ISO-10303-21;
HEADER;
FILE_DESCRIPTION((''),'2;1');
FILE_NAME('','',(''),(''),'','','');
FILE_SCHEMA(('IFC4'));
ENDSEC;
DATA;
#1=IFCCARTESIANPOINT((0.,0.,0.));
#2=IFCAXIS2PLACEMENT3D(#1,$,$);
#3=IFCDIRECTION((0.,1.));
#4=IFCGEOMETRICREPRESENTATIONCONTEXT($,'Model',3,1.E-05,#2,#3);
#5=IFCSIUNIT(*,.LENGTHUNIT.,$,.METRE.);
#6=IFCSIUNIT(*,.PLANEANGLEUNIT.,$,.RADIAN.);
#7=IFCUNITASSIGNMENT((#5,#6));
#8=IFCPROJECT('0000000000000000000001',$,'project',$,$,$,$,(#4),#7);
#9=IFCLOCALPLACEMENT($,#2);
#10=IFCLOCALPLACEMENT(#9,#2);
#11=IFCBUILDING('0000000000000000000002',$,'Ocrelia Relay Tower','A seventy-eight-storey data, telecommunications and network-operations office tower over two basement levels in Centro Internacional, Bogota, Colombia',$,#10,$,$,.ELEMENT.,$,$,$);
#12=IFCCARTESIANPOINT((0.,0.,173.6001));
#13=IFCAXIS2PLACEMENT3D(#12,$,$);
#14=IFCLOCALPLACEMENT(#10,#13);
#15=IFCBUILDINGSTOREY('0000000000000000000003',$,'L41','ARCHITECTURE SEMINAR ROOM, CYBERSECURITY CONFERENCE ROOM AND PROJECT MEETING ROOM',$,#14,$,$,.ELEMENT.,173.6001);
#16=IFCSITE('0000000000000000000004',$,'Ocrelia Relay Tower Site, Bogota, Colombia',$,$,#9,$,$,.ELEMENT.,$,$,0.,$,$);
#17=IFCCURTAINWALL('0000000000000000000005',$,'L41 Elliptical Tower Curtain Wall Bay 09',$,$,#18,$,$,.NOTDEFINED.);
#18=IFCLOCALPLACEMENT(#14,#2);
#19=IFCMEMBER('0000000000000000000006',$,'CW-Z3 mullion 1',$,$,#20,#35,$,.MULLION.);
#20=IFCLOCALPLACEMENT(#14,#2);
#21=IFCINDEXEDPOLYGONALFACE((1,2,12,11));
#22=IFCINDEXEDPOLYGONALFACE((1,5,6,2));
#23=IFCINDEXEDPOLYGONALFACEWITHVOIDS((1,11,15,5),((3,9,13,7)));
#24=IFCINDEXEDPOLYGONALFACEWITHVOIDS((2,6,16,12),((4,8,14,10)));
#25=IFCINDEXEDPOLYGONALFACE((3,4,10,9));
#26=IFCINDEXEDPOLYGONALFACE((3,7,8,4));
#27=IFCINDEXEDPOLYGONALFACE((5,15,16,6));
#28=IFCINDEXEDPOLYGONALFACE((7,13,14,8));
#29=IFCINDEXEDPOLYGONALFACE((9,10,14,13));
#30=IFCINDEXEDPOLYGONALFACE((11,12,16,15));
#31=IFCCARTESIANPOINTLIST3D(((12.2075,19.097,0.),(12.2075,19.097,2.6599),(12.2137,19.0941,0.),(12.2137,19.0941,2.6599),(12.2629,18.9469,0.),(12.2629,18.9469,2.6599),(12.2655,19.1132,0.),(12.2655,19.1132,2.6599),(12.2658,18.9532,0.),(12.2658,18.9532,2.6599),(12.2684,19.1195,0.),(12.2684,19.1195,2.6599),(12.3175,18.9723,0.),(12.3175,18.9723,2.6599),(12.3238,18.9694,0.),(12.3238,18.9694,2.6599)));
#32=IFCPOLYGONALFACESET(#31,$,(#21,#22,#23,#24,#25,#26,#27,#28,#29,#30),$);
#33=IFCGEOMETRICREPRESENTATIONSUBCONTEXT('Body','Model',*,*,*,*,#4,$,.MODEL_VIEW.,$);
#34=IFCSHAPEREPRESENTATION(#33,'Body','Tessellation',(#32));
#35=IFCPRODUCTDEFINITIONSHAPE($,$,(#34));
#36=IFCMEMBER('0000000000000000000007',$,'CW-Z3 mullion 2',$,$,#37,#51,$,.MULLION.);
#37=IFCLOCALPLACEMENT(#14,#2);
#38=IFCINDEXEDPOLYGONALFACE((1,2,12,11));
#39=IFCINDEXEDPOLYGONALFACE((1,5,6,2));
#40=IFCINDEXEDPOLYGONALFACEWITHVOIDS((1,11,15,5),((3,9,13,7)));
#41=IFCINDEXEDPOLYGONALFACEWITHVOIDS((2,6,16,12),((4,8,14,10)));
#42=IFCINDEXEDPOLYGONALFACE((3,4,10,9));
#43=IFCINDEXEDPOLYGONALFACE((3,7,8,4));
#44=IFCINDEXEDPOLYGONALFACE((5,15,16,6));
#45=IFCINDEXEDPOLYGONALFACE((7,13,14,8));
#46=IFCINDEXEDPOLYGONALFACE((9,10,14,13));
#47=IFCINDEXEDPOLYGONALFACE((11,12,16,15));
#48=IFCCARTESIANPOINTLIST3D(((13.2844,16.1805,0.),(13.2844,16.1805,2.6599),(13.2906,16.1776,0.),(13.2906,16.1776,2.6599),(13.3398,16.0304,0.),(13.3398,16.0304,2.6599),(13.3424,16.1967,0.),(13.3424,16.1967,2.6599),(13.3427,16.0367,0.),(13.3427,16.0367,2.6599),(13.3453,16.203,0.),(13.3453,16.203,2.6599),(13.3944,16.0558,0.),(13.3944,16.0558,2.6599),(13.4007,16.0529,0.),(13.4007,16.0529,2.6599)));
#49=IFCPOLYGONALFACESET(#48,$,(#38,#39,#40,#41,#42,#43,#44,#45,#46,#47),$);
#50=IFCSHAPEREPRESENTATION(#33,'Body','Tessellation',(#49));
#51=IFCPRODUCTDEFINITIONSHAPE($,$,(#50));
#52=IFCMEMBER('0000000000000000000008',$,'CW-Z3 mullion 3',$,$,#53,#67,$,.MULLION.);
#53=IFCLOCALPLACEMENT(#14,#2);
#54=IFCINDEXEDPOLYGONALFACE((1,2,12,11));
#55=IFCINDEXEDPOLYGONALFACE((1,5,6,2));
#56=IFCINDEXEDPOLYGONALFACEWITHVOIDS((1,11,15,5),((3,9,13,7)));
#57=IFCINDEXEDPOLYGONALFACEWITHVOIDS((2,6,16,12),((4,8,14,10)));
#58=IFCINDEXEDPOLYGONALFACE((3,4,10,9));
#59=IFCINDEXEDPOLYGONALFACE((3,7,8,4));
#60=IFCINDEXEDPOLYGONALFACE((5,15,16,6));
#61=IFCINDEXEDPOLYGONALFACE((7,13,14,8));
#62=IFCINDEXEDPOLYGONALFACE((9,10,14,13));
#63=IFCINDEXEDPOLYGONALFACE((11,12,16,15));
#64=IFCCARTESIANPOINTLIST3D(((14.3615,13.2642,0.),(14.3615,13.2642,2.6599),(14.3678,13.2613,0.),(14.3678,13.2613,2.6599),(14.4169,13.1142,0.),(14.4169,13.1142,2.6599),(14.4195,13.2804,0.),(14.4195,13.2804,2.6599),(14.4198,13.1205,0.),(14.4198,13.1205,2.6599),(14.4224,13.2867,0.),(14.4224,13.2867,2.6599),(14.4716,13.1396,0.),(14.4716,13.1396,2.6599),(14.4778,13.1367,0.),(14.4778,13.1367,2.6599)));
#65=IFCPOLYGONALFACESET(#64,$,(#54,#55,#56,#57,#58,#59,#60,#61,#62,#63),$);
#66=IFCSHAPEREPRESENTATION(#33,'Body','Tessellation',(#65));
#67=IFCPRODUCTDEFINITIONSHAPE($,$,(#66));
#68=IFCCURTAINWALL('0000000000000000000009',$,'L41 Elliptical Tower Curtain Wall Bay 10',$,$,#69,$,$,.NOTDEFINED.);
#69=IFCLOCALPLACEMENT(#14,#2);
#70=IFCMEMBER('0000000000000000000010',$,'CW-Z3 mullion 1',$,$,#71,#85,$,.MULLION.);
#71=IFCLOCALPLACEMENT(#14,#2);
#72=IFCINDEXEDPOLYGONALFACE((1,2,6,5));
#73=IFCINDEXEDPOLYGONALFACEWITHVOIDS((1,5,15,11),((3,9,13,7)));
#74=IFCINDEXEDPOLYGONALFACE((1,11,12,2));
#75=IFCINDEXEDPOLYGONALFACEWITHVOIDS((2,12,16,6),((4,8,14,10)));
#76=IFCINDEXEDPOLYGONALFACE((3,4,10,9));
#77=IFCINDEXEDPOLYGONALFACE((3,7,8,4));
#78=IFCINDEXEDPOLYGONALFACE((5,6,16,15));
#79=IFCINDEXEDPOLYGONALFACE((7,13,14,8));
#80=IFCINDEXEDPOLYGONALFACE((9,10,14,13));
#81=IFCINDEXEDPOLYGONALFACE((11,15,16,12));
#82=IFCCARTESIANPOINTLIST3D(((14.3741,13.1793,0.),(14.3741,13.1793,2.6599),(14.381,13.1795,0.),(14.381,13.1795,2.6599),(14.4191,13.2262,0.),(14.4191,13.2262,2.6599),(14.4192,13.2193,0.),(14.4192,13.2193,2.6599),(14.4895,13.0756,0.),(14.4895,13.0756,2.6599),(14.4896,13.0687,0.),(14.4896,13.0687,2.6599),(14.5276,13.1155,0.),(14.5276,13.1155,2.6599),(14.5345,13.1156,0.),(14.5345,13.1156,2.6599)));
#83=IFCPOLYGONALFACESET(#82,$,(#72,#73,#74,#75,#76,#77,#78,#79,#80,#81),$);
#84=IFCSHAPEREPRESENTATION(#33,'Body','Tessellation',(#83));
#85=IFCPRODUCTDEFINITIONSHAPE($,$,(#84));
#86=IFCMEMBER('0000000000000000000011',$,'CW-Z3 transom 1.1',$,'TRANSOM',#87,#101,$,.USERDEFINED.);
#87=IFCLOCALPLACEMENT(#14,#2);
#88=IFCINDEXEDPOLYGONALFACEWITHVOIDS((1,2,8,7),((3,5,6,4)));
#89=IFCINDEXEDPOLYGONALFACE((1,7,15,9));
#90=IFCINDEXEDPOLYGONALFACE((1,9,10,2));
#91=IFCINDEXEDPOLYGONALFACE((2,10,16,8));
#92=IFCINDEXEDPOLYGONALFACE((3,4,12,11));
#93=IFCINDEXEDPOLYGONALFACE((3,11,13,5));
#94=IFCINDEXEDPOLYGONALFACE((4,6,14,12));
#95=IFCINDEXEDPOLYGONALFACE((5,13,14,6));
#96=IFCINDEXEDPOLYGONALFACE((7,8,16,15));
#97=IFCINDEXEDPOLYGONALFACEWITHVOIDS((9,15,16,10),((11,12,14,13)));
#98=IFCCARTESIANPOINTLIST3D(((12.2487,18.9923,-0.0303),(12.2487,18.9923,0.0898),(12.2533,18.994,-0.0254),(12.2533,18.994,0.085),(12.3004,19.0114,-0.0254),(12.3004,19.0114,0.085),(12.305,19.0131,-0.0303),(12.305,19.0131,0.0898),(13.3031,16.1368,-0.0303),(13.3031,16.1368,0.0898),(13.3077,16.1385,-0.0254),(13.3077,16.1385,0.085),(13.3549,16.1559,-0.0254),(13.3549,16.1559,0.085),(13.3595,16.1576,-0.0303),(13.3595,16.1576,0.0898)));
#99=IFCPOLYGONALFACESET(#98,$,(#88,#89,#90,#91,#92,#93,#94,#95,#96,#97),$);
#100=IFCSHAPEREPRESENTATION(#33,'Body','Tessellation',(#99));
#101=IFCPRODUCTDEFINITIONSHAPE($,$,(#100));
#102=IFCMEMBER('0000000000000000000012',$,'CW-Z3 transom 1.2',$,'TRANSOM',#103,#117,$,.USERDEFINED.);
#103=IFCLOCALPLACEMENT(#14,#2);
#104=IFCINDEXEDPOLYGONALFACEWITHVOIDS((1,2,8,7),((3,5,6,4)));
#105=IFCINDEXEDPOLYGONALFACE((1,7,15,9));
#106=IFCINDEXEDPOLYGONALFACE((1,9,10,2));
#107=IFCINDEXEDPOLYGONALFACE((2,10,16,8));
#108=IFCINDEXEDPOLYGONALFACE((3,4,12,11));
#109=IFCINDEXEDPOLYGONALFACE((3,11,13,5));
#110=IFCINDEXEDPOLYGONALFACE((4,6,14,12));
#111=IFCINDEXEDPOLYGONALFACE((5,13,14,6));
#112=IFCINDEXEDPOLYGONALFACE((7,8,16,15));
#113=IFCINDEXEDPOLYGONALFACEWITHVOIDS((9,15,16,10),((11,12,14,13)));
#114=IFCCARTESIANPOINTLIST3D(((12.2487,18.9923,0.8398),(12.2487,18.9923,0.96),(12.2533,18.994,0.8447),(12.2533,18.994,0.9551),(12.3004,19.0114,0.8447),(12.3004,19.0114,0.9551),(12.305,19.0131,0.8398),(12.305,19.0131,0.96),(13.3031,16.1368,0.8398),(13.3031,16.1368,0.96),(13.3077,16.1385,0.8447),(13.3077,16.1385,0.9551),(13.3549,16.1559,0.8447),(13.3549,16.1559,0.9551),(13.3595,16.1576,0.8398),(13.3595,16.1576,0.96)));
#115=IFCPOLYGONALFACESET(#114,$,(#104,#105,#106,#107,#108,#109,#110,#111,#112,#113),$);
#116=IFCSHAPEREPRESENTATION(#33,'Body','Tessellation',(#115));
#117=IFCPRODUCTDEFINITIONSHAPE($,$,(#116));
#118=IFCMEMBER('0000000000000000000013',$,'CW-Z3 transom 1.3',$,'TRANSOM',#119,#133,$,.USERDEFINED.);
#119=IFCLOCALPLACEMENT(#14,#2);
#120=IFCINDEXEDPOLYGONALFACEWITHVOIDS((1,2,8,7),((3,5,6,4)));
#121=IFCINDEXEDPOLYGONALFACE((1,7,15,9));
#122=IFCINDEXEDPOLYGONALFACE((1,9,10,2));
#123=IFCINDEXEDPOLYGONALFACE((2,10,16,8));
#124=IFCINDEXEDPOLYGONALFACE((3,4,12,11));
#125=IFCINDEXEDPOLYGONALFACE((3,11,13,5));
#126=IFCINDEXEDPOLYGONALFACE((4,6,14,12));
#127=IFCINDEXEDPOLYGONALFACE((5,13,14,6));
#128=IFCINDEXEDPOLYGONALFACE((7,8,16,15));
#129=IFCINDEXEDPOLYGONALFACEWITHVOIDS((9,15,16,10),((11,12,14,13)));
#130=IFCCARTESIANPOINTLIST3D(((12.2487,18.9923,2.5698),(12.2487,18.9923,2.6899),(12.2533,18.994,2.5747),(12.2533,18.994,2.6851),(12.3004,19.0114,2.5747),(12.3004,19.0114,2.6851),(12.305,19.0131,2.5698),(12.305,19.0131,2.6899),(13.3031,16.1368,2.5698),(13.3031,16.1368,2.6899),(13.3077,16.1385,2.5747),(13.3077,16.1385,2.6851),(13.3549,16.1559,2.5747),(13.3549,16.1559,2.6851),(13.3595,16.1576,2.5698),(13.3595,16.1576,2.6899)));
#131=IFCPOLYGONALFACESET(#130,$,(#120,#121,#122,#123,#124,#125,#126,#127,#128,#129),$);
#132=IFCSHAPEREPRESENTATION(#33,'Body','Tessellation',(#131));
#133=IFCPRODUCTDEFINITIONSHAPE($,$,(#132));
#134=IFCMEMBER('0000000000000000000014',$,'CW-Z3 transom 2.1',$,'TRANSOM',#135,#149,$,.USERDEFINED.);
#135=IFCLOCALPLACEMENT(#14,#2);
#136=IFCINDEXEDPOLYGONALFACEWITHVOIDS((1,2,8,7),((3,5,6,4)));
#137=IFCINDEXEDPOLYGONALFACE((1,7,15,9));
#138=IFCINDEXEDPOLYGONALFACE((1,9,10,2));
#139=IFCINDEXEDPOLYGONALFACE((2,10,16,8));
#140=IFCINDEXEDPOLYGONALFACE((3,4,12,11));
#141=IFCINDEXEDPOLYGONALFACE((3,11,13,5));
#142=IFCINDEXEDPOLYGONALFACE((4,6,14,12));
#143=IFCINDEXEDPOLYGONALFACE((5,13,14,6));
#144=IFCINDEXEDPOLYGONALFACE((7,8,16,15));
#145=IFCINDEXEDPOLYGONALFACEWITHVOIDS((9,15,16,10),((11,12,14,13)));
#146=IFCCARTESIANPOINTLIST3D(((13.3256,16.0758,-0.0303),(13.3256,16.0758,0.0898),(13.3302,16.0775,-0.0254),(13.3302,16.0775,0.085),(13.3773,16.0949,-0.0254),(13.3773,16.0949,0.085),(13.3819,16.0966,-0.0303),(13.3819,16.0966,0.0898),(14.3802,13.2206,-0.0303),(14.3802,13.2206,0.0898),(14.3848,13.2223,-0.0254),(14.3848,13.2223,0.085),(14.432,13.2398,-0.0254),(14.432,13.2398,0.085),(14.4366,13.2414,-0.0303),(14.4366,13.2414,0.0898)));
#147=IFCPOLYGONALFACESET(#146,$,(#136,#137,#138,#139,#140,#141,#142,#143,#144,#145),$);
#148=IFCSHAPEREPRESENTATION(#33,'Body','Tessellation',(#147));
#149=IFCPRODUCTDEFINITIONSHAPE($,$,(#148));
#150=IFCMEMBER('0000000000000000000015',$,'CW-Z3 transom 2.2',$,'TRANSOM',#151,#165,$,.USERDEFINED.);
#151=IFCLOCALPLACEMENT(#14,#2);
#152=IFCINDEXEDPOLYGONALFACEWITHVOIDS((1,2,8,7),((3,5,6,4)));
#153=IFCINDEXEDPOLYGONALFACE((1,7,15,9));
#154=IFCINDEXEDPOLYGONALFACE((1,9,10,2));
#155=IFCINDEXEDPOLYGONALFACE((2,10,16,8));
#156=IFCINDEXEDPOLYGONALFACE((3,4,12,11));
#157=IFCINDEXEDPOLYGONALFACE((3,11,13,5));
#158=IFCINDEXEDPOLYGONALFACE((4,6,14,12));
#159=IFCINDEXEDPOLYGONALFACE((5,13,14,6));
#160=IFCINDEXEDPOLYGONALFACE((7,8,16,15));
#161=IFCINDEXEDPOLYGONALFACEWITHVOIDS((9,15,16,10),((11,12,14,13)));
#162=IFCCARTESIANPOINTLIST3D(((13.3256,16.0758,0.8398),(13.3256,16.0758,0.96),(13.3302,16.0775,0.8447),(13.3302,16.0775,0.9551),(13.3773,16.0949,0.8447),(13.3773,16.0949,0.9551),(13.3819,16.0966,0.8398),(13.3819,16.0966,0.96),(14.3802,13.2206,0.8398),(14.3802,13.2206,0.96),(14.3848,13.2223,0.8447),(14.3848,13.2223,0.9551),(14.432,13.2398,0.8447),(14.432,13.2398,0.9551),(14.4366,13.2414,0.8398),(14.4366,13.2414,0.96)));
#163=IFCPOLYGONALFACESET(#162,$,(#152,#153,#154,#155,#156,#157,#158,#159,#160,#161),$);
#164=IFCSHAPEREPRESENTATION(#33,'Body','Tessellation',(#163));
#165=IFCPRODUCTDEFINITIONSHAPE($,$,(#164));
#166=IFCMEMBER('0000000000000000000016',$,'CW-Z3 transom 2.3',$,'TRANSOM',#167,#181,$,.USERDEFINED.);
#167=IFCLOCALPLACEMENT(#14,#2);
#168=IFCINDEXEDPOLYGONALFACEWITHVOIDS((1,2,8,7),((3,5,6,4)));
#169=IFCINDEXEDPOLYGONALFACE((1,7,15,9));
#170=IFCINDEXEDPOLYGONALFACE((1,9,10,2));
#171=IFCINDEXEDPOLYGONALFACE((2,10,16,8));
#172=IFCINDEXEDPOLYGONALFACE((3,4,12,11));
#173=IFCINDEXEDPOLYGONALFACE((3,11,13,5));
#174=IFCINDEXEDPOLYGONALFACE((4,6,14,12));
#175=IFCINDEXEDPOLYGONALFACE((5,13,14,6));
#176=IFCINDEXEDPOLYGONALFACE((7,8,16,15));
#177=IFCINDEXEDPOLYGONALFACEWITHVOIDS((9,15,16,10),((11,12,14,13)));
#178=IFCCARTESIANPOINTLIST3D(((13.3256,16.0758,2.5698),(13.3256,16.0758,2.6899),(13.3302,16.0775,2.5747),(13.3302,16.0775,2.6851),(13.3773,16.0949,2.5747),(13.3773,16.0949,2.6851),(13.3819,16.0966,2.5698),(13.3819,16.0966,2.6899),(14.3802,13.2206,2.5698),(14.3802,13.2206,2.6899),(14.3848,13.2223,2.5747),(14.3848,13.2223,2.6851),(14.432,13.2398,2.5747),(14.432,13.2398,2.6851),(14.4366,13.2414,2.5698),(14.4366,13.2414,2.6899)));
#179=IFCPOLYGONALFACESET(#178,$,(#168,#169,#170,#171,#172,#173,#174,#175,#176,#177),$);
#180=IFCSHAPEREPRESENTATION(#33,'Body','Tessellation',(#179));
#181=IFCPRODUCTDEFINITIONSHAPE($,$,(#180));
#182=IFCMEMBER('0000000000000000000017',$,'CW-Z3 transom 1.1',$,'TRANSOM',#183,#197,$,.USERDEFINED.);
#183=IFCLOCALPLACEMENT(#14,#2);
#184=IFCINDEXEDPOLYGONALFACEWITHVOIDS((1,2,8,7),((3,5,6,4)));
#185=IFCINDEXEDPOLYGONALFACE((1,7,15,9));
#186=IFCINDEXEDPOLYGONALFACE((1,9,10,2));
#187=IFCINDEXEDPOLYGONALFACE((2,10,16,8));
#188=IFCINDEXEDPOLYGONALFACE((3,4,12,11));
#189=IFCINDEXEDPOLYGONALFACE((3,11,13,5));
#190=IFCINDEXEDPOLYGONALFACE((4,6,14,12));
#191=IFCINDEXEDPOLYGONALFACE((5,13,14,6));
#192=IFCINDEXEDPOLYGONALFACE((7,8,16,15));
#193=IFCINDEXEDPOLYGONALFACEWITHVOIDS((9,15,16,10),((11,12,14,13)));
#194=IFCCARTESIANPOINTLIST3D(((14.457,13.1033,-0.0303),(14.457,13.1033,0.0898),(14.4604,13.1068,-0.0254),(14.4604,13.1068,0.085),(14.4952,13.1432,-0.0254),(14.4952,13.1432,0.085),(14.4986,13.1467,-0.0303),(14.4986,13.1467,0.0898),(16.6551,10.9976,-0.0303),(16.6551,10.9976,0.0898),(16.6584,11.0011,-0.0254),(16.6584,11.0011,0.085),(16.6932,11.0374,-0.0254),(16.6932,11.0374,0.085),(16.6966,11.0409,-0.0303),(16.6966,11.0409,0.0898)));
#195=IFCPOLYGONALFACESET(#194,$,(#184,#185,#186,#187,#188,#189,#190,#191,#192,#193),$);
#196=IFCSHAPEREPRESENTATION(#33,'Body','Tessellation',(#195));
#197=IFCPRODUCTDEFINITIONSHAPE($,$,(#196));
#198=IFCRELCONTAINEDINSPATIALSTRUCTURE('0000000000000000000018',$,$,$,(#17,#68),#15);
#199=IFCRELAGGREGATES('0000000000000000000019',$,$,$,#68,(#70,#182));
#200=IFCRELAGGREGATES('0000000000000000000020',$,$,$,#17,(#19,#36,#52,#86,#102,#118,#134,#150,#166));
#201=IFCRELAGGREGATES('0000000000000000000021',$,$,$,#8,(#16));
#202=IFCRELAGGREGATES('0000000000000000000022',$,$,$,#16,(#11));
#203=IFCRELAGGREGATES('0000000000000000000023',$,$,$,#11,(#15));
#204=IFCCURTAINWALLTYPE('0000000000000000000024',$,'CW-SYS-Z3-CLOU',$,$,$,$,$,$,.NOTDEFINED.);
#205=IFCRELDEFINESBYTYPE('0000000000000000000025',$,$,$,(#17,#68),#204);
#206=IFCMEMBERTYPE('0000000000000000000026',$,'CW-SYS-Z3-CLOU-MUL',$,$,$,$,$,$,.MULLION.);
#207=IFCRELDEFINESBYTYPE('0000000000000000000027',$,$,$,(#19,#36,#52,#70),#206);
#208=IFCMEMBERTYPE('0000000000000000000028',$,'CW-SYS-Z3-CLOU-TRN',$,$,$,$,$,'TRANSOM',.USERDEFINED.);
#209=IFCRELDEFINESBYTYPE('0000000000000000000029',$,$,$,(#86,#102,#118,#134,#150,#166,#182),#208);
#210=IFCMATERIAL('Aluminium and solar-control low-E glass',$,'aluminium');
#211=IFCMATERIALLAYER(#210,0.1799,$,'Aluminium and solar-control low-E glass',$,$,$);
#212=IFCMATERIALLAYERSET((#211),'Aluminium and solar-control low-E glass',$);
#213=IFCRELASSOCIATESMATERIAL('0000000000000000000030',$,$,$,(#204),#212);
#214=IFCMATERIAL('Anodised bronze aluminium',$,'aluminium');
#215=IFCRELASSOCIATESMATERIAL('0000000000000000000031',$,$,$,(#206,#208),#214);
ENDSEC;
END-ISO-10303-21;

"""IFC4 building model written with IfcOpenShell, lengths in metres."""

from ifc_helpers import new_model, si_unit, direction, frame, origin, origin_2d, place, context, subcontext, project, spatial, hollow_rectangle, extrude, material, layer, layer_set, material_profile, profile_set, type_object, element, aggregate, save


model = new_model("IFC4")

# Units and contexts
model_context = context("Model", 3, precision=1e-05, world=origin(), true_north=direction((0.0, 1.0)))
body_context = subcontext(model_context, "Body", "Model", "MODEL_VIEW")
ifc_project = project(units=[si_unit("LENGTHUNIT", "METRE"), si_unit("PLANEANGLEUNIT", "RADIAN")], contexts=[model_context])

# Site, building, storey
site_placement = place(None, origin())
site = spatial("IfcSite", under=ifc_project, at=site_placement, Name="Ocrelia Relay Tower Site, Bogota, Colombia", CompositionType="ELEMENT", RefElevation=0.0)
building_placement = place(site_placement, origin())
building = spatial("IfcBuilding", under=site, at=building_placement, Name="Ocrelia Relay Tower", Description="A seventy-eight-storey data, telecommunications and network-operations office tower over two basement levels in Centro Internacional, Bogota, Colombia", CompositionType="ELEMENT")
storey_placement = place(building_placement, frame((0.0, 0.0, 173.6001)))
storey = spatial("IfcBuildingStorey", under=building, at=storey_placement, Name="L41", Description="ARCHITECTURE SEMINAR ROOM, CYBERSECURITY CONFERENCE ROOM AND PROJECT MEETING ROOM", CompositionType="ELEMENT", Elevation=173.6001)

# Curtain wall, members
ifc_material_1 = material(Name="Aluminium and solar-control low-E glass", Category="aluminium")
ifc_layer_1 = layer(ifc_material_1, 0.1799, Name="Aluminium and solar-control low-E glass")
ifc_layer_set_1 = layer_set([ifc_layer_1], Name="Aluminium and solar-control low-E glass")
curtain_wall_type = type_object("IfcCurtainWallType", Name="CW-SYS-Z3-CLOU", PredefinedType="NOTDEFINED", material=ifc_layer_set_1)
curtain_wall_1_placement = place(storey_placement, origin())
curtain_wall_1 = element("IfcCurtainWall", 1, at=curtain_wall_1_placement, inside=storey, type_object=curtain_wall_type, Name="L41 Elliptical Tower Curtain Wall Bay 09", PredefinedType="NOTDEFINED")
ifc_material_2 = material(Name="Anodised bronze aluminium", Category="aluminium")
ifc_material_profile_1 = material_profile(ifc_material_2, hollow_rectangle(XDim=0.0649, YDim=0.1599, WallThickness=0.0049, at=origin_2d()), Name="CW-MUL-160x65")
ifc_profile_set_1 = profile_set([ifc_material_profile_1], Name="Anodised bronze aluminium")
member_type_1 = type_object("IfcMemberType", Name="CW-SYS-Z3-CLOU-MUL", PredefinedType="MULLION", material=ifc_profile_set_1)
member_1_placement = place(storey_placement, frame((12.2656, 19.0332, 0.0), z_axis=(0.0, 0.0, 1.0), x_axis=(0.938072, 0.346439, 0.0)))
member_1 = element("IfcMember", 2, at=member_1_placement, type_object=member_type_1, Name="CW-Z3 mullion 1", PredefinedType="MULLION", context=body_context, shape_type="SweptSolid", body=[
    extrude(hollow_rectangle(XDim=0.0649, YDim=0.1599, WallThickness=0.0049, at=origin_2d()), origin(), (0.0, 0.0, 1.0), 2.6599),
])
member_2_placement = place(storey_placement, frame((13.3425, 16.1167, 0.0), z_axis=(0.0, 0.0, 1.0), x_axis=(0.938072, 0.346439, 0.0)))
member_2 = element("IfcMember", 3, at=member_2_placement, type_object=member_type_1, Name="CW-Z3 mullion 2", PredefinedType="MULLION", context=body_context, shape_type="SweptSolid", body=[
    extrude(hollow_rectangle(XDim=0.0649, YDim=0.1599, WallThickness=0.0049, at=origin_2d()), origin(), (0.0, 0.0, 1.0), 2.6599),
])
member_3_placement = place(storey_placement, frame((14.4197, 13.2004, 0.0), z_axis=(0.0, 0.0, 1.0), x_axis=(0.938072, 0.346439, 0.0)))
member_3 = element("IfcMember", 4, at=member_3_placement, type_object=member_type_1, Name="CW-Z3 mullion 3", PredefinedType="MULLION", context=body_context, shape_type="SweptSolid", body=[
    extrude(hollow_rectangle(XDim=0.0649, YDim=0.1599, WallThickness=0.0049, at=origin_2d()), origin(), (0.0, 0.0, 1.0), 2.6599),
])

# Curtain wall, member
curtain_wall_2_placement = place(storey_placement, origin())
curtain_wall_2 = element("IfcCurtainWall", 5, at=curtain_wall_2_placement, inside=storey, type_object=curtain_wall_type, Name="L41 Elliptical Tower Curtain Wall Bay 10", PredefinedType="NOTDEFINED")
member_4_placement = place(storey_placement, frame((14.4543, 13.1475, 0.0), z_axis=(0.0, 0.0, 1.0), x_axis=(0.691759, 0.722128, 0.0)))
member_4 = element("IfcMember", 6, at=member_4_placement, type_object=member_type_1, Name="CW-Z3 mullion 1", PredefinedType="MULLION", context=body_context, shape_type="SweptSolid", body=[
    extrude(hollow_rectangle(XDim=0.0649, YDim=0.1599, WallThickness=0.0049, at=origin_2d()), origin(), (0.0, 0.0, 1.0), 2.6599),
])

# Members
ifc_material_profile_2 = material_profile(ifc_material_2, hollow_rectangle(XDim=0.0601, YDim=0.1201, WallThickness=0.0049, at=origin_2d()), Name="CW-TRN-120x60")
ifc_profile_set_2 = profile_set([ifc_material_profile_2], Name="Anodised bronze aluminium")
member_type_2 = type_object("IfcMemberType", Name="CW-SYS-Z3-CLOU-TRN", ElementType="TRANSOM", PredefinedType="USERDEFINED", material=ifc_profile_set_2)
member_5_placement = place(storey_placement, frame((12.2769, 19.0027, 0.0298), z_axis=(0.346408, -0.938084, 0.0), x_axis=(0.938084, 0.346408, 0.0)))
member_5 = element("IfcMember", 7, at=member_5_placement, type_object=member_type_2, Name="CW-Z3 transom 1.1", ObjectType="TRANSOM", PredefinedType="USERDEFINED", context=body_context, shape_type="SweptSolid", body=[
    extrude(hollow_rectangle(XDim=0.0601, YDim=0.1201, WallThickness=0.0049, at=origin_2d()), origin(), (0.0, 0.0, 1.0), 3.0439),
])
member_6_placement = place(storey_placement, frame((12.2769, 19.0027, 0.8999), z_axis=(0.346408, -0.938084, 0.0), x_axis=(0.938084, 0.346408, 0.0)))
member_6 = element("IfcMember", 8, at=member_6_placement, type_object=member_type_2, Name="CW-Z3 transom 1.2", ObjectType="TRANSOM", PredefinedType="USERDEFINED", context=body_context, shape_type="SweptSolid", body=[
    extrude(hollow_rectangle(XDim=0.0601, YDim=0.1201, WallThickness=0.0049, at=origin_2d()), origin(), (0.0, 0.0, 1.0), 3.0439),
])
member_7_placement = place(storey_placement, frame((12.2769, 19.0027, 2.6299), z_axis=(0.346408, -0.938084, 0.0), x_axis=(0.938084, 0.346408, 0.0)))
member_7 = element("IfcMember", 9, at=member_7_placement, type_object=member_type_2, Name="CW-Z3 transom 1.3", ObjectType="TRANSOM", PredefinedType="USERDEFINED", context=body_context, shape_type="SweptSolid", body=[
    extrude(hollow_rectangle(XDim=0.0601, YDim=0.1201, WallThickness=0.0049, at=origin_2d()), origin(), (0.0, 0.0, 1.0), 3.0439),
])
member_8_placement = place(storey_placement, frame((13.3538, 16.0862, 0.0298), z_axis=(0.346504, -0.938048, 0.0), x_axis=(0.938048, 0.346504, 0.0)))
member_8 = element("IfcMember", 10, at=member_8_placement, type_object=member_type_2, Name="CW-Z3 transom 2.1", ObjectType="TRANSOM", PredefinedType="USERDEFINED", context=body_context, shape_type="SweptSolid", body=[
    extrude(hollow_rectangle(XDim=0.0601, YDim=0.1201, WallThickness=0.0049, at=origin_2d()), origin(), (0.0, 0.0, 1.0), 3.0437),
])
member_9_placement = place(storey_placement, frame((13.3538, 16.0862, 0.8999), z_axis=(0.346504, -0.938048, 0.0), x_axis=(0.938048, 0.346504, 0.0)))
member_9 = element("IfcMember", 11, at=member_9_placement, type_object=member_type_2, Name="CW-Z3 transom 2.2", ObjectType="TRANSOM", PredefinedType="USERDEFINED", context=body_context, shape_type="SweptSolid", body=[
    extrude(hollow_rectangle(XDim=0.0601, YDim=0.1201, WallThickness=0.0049, at=origin_2d()), origin(), (0.0, 0.0, 1.0), 3.0437),
])
member_10_placement = place(storey_placement, frame((13.3538, 16.0862, 2.6299), z_axis=(0.346504, -0.938048, 0.0), x_axis=(0.938048, 0.346504, 0.0)))
member_10 = element("IfcMember", 12, at=member_10_placement, type_object=member_type_2, Name="CW-Z3 transom 2.3", ObjectType="TRANSOM", PredefinedType="USERDEFINED", context=body_context, shape_type="SweptSolid", body=[
    extrude(hollow_rectangle(XDim=0.0601, YDim=0.1201, WallThickness=0.0049, at=origin_2d()), origin(), (0.0, 0.0, 1.0), 3.0437),
])
member_11_placement = place(storey_placement, frame((14.4778, 13.125, 0.0298), z_axis=(0.722103, -0.691785, 0.0), x_axis=(0.691785, 0.722103, 0.0)))
member_11 = element("IfcMember", 13, at=member_11_placement, type_object=member_type_2, Name="CW-Z3 transom 1.1", ObjectType="TRANSOM", PredefinedType="USERDEFINED", context=body_context, shape_type="SweptSolid", body=[
    extrude(hollow_rectangle(XDim=0.0601, YDim=0.1201, WallThickness=0.0049, at=origin_2d()), origin(), (0.0, 0.0, 1.0), 3.0439),
])
aggregate(curtain_wall_2, [member_4, member_11])

aggregate(curtain_wall_1, [member_1, member_2, member_3, member_5, member_6, member_7, member_8, member_9, member_10])

save(model, "model.ifc")
